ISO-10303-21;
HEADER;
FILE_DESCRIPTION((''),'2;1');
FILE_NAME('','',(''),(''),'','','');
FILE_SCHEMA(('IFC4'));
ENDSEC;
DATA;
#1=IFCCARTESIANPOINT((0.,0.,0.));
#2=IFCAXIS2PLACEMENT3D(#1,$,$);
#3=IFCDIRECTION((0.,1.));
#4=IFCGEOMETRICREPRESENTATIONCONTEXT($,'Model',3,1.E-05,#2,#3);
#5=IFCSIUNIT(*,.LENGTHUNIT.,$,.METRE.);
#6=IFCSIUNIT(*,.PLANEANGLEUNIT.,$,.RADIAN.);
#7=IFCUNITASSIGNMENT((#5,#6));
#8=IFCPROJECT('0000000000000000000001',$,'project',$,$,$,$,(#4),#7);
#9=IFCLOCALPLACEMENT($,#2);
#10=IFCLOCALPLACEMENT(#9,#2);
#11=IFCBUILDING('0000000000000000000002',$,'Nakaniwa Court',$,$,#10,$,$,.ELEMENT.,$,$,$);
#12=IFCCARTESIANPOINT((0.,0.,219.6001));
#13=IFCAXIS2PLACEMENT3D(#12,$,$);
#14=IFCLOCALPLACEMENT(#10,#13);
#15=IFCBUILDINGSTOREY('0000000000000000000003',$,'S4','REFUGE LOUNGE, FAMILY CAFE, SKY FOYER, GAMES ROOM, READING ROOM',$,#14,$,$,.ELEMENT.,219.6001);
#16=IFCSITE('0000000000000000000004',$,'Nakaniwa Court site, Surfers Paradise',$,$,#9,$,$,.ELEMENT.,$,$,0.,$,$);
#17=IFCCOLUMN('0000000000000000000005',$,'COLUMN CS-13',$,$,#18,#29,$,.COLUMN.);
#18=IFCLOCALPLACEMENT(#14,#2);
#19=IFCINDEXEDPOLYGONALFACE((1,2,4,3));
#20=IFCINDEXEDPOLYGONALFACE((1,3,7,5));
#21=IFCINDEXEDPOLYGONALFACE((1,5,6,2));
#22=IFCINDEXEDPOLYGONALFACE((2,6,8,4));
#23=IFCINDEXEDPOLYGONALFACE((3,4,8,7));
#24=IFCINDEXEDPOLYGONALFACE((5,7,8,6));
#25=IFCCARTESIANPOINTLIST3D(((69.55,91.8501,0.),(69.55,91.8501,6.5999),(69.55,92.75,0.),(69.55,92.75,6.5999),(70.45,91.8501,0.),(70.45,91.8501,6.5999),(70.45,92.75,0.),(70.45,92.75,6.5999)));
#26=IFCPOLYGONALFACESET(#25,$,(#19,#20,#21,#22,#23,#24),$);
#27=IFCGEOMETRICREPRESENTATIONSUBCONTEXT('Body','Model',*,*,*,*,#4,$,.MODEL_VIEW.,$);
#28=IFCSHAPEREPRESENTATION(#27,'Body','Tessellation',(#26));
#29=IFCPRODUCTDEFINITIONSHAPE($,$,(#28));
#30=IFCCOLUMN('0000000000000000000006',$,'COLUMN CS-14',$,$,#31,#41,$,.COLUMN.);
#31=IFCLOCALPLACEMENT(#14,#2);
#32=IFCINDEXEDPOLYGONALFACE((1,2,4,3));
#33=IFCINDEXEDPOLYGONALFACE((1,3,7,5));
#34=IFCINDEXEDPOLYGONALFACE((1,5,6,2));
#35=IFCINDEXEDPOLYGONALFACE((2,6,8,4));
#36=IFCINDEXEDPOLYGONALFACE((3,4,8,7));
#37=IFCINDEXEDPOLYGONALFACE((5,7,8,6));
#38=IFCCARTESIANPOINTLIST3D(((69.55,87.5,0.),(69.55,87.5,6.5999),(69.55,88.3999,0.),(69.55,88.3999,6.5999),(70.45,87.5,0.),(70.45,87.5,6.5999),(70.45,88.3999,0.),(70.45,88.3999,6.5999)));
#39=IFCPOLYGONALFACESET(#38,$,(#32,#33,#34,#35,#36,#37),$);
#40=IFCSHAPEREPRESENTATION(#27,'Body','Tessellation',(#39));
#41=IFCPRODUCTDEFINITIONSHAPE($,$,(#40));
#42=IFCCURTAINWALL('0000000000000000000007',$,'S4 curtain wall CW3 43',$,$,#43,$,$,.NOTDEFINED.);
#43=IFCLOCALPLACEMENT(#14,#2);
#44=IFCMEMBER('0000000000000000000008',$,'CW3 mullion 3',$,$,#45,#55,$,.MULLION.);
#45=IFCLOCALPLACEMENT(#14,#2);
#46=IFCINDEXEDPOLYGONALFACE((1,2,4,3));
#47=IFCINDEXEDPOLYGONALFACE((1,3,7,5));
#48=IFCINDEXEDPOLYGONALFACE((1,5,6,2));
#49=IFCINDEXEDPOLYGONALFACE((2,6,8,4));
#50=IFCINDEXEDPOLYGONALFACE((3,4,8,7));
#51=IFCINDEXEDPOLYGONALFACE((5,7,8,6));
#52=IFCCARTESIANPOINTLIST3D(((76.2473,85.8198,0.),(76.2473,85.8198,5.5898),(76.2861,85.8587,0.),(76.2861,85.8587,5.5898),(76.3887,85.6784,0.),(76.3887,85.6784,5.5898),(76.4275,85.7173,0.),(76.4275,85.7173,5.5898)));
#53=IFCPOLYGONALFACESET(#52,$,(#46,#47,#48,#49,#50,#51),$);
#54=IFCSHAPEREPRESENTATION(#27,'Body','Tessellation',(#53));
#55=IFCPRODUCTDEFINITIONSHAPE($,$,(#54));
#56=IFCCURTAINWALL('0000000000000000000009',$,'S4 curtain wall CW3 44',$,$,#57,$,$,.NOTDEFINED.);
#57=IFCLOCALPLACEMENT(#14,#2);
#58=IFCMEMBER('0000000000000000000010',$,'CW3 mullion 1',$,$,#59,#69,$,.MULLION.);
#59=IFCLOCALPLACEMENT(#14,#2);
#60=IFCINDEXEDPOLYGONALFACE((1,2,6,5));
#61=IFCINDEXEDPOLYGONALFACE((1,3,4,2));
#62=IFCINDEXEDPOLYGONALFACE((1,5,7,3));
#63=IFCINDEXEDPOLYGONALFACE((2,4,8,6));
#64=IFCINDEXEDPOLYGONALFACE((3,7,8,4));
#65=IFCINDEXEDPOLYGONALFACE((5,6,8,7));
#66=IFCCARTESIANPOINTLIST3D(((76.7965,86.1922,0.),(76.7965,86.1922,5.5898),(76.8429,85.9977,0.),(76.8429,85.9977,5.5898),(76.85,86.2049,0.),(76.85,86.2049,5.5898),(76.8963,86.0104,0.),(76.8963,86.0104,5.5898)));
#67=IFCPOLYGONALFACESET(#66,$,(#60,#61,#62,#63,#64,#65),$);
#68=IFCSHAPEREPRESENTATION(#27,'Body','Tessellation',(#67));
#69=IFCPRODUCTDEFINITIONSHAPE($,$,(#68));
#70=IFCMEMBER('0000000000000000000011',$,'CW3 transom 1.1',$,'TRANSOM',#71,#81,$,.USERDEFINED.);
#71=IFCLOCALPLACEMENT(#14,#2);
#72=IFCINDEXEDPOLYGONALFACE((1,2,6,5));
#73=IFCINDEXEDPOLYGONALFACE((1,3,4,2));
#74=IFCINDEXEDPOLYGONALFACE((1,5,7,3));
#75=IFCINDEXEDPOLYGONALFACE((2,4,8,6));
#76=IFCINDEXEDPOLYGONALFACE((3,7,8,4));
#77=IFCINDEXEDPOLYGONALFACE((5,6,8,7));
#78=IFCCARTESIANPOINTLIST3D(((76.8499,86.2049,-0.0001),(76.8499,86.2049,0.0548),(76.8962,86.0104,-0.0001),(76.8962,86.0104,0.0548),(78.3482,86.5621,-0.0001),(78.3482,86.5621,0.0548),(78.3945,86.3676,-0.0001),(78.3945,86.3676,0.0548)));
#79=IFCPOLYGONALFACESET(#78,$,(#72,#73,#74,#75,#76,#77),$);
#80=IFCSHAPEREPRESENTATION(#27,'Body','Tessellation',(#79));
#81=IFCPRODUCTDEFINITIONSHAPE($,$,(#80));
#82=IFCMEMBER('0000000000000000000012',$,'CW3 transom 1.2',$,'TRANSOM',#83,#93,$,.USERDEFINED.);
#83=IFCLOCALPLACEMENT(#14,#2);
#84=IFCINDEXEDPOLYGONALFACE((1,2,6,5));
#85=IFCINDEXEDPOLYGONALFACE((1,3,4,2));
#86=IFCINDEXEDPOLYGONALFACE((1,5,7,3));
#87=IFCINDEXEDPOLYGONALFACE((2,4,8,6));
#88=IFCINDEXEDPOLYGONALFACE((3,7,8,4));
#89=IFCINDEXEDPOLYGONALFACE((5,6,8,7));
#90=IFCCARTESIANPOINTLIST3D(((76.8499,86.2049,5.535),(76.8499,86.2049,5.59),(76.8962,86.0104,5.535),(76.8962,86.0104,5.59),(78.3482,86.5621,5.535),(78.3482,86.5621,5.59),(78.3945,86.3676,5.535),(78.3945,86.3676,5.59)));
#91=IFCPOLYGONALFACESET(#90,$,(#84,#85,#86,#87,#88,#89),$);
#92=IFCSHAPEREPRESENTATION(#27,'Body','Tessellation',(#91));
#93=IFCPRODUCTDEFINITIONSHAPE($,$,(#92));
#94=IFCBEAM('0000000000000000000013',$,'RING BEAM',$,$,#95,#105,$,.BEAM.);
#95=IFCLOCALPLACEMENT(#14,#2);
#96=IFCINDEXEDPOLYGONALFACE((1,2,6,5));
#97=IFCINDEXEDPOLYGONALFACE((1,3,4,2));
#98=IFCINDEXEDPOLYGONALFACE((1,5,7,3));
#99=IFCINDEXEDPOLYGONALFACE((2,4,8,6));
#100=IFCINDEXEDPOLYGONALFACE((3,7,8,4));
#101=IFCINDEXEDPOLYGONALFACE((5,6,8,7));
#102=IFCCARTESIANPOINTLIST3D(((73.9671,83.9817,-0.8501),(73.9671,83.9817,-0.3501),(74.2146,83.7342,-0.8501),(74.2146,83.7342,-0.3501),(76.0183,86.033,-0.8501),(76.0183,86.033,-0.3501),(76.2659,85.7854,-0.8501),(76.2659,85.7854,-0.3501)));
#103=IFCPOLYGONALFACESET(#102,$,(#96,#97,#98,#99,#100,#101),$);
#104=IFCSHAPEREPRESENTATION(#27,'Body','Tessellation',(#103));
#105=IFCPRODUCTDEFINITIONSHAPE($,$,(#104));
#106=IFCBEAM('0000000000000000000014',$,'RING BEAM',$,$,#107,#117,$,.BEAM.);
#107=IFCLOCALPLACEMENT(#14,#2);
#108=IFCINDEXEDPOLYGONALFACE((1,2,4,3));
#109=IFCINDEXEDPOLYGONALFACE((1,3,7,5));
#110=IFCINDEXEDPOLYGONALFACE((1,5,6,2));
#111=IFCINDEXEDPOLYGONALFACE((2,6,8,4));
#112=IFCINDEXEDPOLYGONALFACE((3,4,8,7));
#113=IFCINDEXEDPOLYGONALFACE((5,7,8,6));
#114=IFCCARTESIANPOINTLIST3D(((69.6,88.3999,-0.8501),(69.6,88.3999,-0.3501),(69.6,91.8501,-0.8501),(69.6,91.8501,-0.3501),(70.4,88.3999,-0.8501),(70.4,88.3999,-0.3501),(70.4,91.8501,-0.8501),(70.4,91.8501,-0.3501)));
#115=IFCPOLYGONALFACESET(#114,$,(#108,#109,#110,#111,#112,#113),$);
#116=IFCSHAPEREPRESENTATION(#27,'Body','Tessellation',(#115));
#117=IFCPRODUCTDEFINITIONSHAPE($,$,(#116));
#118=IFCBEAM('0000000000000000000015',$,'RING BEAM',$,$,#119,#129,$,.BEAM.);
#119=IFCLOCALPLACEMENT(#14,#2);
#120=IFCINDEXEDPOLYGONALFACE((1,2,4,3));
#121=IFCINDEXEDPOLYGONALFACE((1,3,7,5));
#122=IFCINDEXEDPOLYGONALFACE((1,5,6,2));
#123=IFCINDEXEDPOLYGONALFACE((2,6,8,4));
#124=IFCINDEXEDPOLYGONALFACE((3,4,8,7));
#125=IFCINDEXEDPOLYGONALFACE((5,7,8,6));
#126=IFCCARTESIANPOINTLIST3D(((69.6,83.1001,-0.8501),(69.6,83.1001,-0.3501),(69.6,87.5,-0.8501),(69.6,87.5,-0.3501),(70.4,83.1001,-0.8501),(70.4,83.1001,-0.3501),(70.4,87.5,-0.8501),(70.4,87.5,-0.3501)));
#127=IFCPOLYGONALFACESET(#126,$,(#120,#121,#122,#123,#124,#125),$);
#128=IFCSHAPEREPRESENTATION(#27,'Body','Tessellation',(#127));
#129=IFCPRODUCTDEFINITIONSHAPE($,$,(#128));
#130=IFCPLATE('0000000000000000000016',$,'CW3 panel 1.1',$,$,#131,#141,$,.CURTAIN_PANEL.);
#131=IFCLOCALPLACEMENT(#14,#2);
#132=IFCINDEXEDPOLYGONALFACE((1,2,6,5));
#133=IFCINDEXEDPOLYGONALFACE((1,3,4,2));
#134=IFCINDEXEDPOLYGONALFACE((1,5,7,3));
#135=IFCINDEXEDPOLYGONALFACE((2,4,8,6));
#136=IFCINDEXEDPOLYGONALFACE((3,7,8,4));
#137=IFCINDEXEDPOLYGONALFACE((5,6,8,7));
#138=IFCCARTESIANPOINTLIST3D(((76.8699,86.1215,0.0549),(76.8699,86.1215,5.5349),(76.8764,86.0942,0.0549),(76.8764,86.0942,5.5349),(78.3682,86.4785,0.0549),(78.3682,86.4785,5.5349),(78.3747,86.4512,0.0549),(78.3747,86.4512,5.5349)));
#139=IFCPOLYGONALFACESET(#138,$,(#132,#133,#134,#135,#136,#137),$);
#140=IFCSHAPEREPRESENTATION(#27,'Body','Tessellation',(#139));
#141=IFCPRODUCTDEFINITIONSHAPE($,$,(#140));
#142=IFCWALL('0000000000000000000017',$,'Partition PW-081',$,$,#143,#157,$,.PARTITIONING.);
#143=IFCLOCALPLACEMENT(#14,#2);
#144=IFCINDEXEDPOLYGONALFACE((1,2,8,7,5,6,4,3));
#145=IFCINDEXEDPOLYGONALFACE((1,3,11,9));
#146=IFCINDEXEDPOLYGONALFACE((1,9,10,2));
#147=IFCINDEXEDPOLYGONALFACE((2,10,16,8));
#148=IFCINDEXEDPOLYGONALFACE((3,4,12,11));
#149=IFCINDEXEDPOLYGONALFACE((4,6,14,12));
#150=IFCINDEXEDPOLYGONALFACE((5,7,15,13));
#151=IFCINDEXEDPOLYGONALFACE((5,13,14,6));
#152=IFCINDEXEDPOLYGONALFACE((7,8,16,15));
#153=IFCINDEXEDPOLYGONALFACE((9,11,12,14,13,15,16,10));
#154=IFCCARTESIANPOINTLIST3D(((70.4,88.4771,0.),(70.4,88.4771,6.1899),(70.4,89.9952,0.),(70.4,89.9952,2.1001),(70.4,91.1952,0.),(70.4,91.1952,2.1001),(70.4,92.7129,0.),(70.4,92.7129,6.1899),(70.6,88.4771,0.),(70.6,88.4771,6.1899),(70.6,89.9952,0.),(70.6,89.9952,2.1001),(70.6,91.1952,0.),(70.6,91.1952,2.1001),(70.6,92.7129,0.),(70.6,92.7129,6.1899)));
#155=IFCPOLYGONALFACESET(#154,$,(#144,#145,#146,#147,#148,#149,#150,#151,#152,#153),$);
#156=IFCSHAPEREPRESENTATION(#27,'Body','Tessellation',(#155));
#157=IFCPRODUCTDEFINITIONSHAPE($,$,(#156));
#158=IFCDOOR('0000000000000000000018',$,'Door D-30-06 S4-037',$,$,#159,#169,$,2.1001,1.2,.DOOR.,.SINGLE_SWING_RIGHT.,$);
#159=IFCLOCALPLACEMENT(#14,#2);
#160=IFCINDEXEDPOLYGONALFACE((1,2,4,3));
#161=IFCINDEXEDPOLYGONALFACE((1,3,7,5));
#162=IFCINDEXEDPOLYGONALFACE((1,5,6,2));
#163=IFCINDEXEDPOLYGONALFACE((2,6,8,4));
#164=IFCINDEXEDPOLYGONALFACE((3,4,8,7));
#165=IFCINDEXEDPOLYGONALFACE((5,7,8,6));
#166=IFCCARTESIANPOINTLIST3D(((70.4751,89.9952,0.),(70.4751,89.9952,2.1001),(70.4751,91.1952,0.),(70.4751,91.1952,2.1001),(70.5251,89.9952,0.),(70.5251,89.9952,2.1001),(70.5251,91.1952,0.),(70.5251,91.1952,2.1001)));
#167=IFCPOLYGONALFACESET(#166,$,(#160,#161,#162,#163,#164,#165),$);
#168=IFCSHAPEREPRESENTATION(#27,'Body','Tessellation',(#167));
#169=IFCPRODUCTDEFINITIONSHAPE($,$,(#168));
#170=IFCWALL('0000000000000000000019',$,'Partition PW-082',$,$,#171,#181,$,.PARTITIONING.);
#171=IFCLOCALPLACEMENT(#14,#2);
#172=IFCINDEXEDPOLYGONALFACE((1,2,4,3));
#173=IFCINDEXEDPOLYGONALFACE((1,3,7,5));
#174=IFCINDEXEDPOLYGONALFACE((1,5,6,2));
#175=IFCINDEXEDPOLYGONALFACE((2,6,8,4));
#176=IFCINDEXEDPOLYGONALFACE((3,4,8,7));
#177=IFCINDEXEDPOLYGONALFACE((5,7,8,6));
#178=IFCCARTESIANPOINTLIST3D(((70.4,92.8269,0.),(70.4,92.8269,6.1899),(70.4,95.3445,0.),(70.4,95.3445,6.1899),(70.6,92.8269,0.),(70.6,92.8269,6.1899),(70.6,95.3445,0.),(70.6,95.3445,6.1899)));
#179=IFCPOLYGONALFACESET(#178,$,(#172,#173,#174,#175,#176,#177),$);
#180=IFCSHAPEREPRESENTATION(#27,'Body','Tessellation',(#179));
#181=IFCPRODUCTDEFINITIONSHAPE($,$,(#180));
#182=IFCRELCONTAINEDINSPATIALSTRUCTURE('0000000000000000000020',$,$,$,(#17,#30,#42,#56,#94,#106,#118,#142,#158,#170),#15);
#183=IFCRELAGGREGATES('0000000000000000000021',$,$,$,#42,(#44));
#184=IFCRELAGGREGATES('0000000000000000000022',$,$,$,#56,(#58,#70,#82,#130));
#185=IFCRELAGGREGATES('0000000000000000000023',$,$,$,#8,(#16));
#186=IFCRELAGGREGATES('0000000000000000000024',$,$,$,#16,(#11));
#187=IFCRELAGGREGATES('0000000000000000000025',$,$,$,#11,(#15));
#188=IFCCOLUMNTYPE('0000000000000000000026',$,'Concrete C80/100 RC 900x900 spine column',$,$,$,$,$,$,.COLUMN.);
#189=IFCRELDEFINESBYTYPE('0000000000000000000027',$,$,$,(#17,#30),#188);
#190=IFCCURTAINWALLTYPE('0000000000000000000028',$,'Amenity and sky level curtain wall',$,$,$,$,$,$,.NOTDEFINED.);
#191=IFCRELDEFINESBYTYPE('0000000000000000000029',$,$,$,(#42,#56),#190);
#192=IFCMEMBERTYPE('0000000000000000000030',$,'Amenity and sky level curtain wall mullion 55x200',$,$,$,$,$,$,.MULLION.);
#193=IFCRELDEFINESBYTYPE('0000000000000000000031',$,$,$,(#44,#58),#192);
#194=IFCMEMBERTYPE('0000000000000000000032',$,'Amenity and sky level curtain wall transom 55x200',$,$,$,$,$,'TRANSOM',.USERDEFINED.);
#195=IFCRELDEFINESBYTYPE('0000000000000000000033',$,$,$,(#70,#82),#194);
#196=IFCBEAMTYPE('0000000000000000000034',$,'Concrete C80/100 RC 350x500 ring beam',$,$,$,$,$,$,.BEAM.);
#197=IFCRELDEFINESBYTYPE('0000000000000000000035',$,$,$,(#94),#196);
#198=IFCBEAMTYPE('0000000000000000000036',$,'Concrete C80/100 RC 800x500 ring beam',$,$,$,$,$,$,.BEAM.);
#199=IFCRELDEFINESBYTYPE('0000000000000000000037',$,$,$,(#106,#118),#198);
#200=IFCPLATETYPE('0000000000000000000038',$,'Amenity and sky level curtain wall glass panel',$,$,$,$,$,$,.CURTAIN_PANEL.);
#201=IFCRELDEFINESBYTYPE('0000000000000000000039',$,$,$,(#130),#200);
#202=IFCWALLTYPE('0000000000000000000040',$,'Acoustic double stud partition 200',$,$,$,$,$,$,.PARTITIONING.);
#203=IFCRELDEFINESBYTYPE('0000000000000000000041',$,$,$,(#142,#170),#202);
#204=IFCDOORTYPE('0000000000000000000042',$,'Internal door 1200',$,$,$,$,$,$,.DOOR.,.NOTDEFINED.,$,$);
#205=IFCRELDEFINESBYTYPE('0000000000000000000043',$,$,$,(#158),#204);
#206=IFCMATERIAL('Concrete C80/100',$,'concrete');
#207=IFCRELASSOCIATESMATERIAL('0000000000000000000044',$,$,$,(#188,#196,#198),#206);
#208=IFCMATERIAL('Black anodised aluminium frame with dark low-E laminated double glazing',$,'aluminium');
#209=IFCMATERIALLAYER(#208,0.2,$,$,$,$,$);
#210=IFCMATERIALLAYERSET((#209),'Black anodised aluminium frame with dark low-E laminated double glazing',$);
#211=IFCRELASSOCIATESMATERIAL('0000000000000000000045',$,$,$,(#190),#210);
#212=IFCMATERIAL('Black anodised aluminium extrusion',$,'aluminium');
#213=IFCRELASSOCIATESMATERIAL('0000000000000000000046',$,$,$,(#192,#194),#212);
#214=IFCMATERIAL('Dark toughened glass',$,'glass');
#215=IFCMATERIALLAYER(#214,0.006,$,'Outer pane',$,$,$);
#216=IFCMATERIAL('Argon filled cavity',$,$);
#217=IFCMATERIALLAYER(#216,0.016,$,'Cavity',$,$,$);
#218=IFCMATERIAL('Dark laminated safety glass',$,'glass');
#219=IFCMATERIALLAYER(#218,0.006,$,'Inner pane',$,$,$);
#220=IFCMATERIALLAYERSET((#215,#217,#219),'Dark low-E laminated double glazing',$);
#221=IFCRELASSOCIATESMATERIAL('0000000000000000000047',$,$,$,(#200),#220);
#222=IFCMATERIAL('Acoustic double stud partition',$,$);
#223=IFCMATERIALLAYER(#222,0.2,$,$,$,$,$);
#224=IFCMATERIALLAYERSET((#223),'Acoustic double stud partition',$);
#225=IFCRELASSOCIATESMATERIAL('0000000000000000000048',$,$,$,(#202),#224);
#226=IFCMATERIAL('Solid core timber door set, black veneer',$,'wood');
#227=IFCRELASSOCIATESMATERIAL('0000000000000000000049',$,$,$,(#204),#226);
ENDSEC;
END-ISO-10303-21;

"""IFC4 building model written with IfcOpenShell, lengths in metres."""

from ifc_helpers import new_model, si_unit, direction, frame, frame_2d, origin, origin_2d, place, context, subcontext, project, spatial, rectangle, extrude, material, layer, layer_set, material_profile, profile_set, type_object, element, fill, aggregate, save


model = new_model("IFC4")

# Units and contexts
model_context = context("Model", 3, precision=1e-05, world=origin(), true_north=direction((0.0, 1.0)))
body_context = subcontext(model_context, "Body", "Model", "MODEL_VIEW")
ifc_project = project(units=[si_unit("LENGTHUNIT", "METRE"), si_unit("PLANEANGLEUNIT", "RADIAN")], contexts=[model_context])

# Site, building, storey
site_placement = place(None, origin())
site = spatial("IfcSite", under=ifc_project, at=site_placement, Name="Nakaniwa Court site, Surfers Paradise", CompositionType="ELEMENT", RefElevation=0.0)
building_placement = place(site_placement, origin())
building = spatial("IfcBuilding", under=site, at=building_placement, Name="Nakaniwa Court", CompositionType="ELEMENT")
storey_placement = place(building_placement, frame((0.0, 0.0, 219.6001)))
storey = spatial("IfcBuildingStorey", under=building, at=storey_placement, Name="S4", Description="REFUGE LOUNGE, FAMILY CAFE, SKY FOYER, GAMES ROOM, READING ROOM", CompositionType="ELEMENT", Elevation=219.6001)

# Columns
ifc_material_1 = material(Name="Concrete C80/100", Category="concrete")
ifc_material_profile_1 = material_profile(ifc_material_1, rectangle(XDim=0.8999, YDim=0.8999, at=origin_2d()), Name="Concrete C80/100 RC 900x900 spine column")
ifc_profile_set_1 = profile_set([ifc_material_profile_1], Name="Concrete C80/100")
column_type_1 = type_object("IfcColumnType", Name="Concrete C80/100 RC 900x900 spine column", PredefinedType="COLUMN", material=ifc_profile_set_1)
for number, where, z_axis, x_axis, name in (
    (1, (70.0, 92.3, 0.0), (0.0, 0.0, 1.0), (0.0, -1.0, 0.0), "COLUMN CS-13"),
    (2, (70.0, 87.95, 0.0), (0.0, 0.0, 1.0), (0.0, -1.0, 0.0), "COLUMN CS-14"),
):
    element("IfcColumn", number, at=place(storey_placement, frame(where, z_axis=z_axis, x_axis=x_axis)), inside=storey, type_object=column_type_1, Name=name, PredefinedType="COLUMN", context=body_context, shape_type="SweptSolid", body=[
        extrude(rectangle(XDim=0.8999, YDim=0.8999, at=origin_2d()), origin(), (0.0, 0.0, 1.0), 6.5999),
    ])

# Curtain wall, member
ifc_material_2 = material(Name="Black anodised aluminium frame with dark low-E laminated double glazing", Category="aluminium")
ifc_layer_1 = layer(ifc_material_2, 0.2)
ifc_layer_set_1 = layer_set([ifc_layer_1], Name="Black anodised aluminium frame with dark low-E laminated double glazing")
curtain_wall_type = type_object("IfcCurtainWallType", Name="Amenity and sky level curtain wall", PredefinedType="NOTDEFINED", material=ifc_layer_set_1)
curtain_wall_1_placement = place(storey_placement, origin())
curtain_wall_1 = element("IfcCurtainWall", 3, at=curtain_wall_1_placement, inside=storey, type_object=curtain_wall_type, Name="S4 curtain wall CW3 43", PredefinedType="NOTDEFINED")
ifc_material_3 = material(Name="Black anodised aluminium extrusion", Category="aluminium")
ifc_material_profile_2 = material_profile(ifc_material_3, rectangle(XDim=0.2, YDim=0.0549, at=origin_2d()), Name="Amenity and sky level curtain wall mullion 55x200")
ifc_profile_set_2 = profile_set([ifc_material_profile_2], Name="Black anodised aluminium extrusion")
member_type_1 = type_object("IfcMemberType", Name="Amenity and sky level curtain wall mullion 55x200", PredefinedType="MULLION", material=ifc_profile_set_2)
member_1_placement = place(storey_placement, frame((76.3374, 85.7686, 0.0), z_axis=(0.0, 0.0, 1.0), x_axis=(-0.707107, 0.707107, 0.0)))
member_1 = element("IfcMember", 4, at=member_1_placement, type_object=member_type_1, Name="CW3 mullion 3", PredefinedType="MULLION", context=body_context, shape_type="SweptSolid", body=[
    extrude(rectangle(XDim=0.2, YDim=0.0549, at=origin_2d()), origin(), (0.0, 0.0, 1.0), 5.5898),
])
aggregate(curtain_wall_1, [member_1])

# Curtain wall, members
curtain_wall_2_placement = place(storey_placement, origin())
curtain_wall_2 = element("IfcCurtainWall", 5, at=curtain_wall_2_placement, inside=storey, type_object=curtain_wall_type, Name="S4 curtain wall CW3 44", PredefinedType="NOTDEFINED")
member_2_placement = place(storey_placement, frame((76.8464, 86.1013, 0.0), z_axis=(0.0, 0.0, 1.0), x_axis=(-0.231791, 0.972766, 0.0)))
member_2 = element("IfcMember", 6, at=member_2_placement, type_object=member_type_1, Name="CW3 mullion 1", PredefinedType="MULLION", context=body_context, shape_type="SweptSolid", body=[
    extrude(rectangle(XDim=0.2, YDim=0.0549, at=origin_2d()), origin(), (0.0, 0.0, 1.0), 5.5898),
])
ifc_material_profile_3 = material_profile(ifc_material_3, rectangle(XDim=0.2, YDim=0.0549, at=origin_2d()), Name="Amenity and sky level curtain wall transom 55x200")
ifc_profile_set_3 = profile_set([ifc_material_profile_3], Name="Black anodised aluminium extrusion")
member_type_2 = type_object("IfcMemberType", Name="Amenity and sky level curtain wall transom 55x200", ElementType="TRANSOM", PredefinedType="USERDEFINED", material=ifc_profile_set_3)
member_3_placement = place(storey_placement, frame((76.873, 86.1077, 0.0273), z_axis=(0.972742, 0.231892, 0.0), x_axis=(-0.231892, 0.972742, 0.0)))
member_3 = element("IfcMember", 7, at=member_3_placement, type_object=member_type_2, Name="CW3 transom 1.1", ObjectType="TRANSOM", PredefinedType="USERDEFINED", context=body_context, shape_type="SweptSolid", body=[
    extrude(rectangle(XDim=0.2, YDim=0.0549, at=origin_2d()), origin(), (0.0, 0.0, 1.0), 1.5403),
])
member_4_placement = place(storey_placement, frame((76.873, 86.1077, 5.5625), z_axis=(0.972742, 0.231892, 0.0), x_axis=(-0.231892, 0.972742, 0.0)))
member_4 = element("IfcMember", 8, at=member_4_placement, type_object=member_type_2, Name="CW3 transom 1.2", ObjectType="TRANSOM", PredefinedType="USERDEFINED", context=body_context, shape_type="SweptSolid", body=[
    extrude(rectangle(XDim=0.2, YDim=0.0549, at=origin_2d()), origin(), (0.0, 0.0, 1.0), 1.5403),
])

# Beams
ifc_material_profile_4 = material_profile(ifc_material_1, rectangle(XDim=0.3501, YDim=0.5, at=origin_2d()), Name="Concrete C80/100 RC 350x500 ring beam")
ifc_profile_set_4 = profile_set([ifc_material_profile_4], Name="Concrete C80/100")
beam_type_1 = type_object("IfcBeamType", Name="Concrete C80/100 RC 350x500 ring beam", PredefinedType="BEAM", material=ifc_profile_set_4)
beam_1_placement = place(storey_placement, frame((76.1421, 85.9092, -0.6001), z_axis=(-0.707107, -0.707107, 0.0), x_axis=(0.707107, -0.707107, 0.0)))
element("IfcBeam", 9, at=beam_1_placement, inside=storey, type_object=beam_type_1, Name="RING BEAM", PredefinedType="BEAM", context=body_context, shape_type="SweptSolid", body=[
    extrude(rectangle(XDim=0.3501, YDim=0.5, at=origin_2d()), origin(), (0.0, 0.0, 1.0), 2.9009),
])
ifc_material_profile_5 = material_profile(ifc_material_1, rectangle(XDim=0.8, YDim=0.5, at=origin_2d()), Name="Concrete C80/100 RC 800x500 ring beam")
ifc_profile_set_5 = profile_set([ifc_material_profile_5], Name="Concrete C80/100")
beam_type_2 = type_object("IfcBeamType", Name="Concrete C80/100 RC 800x500 ring beam", PredefinedType="BEAM", material=ifc_profile_set_5)
beam_2_placement = place(storey_placement, frame((70.0, 91.8501, -0.6001), z_axis=(0.0, -1.0, 0.0), x_axis=(1.0, 0.0, 0.0)))
element("IfcBeam", 10, at=beam_2_placement, inside=storey, type_object=beam_type_2, Name="RING BEAM", PredefinedType="BEAM", context=body_context, shape_type="SweptSolid", body=[
    extrude(rectangle(XDim=0.8, YDim=0.5, at=origin_2d()), origin(), (0.0, 0.0, 1.0), 3.4502),
])
beam_3_placement = place(storey_placement, frame((70.0, 87.5, -0.6001), z_axis=(0.0, -1.0, 0.0), x_axis=(1.0, 0.0, 0.0)))
element("IfcBeam", 11, at=beam_3_placement, inside=storey, type_object=beam_type_2, Name="RING BEAM", PredefinedType="BEAM", context=body_context, shape_type="SweptSolid", body=[
    extrude(rectangle(XDim=0.8, YDim=0.5, at=origin_2d()), origin(), (0.0, 0.0, 1.0), 4.3999),
])

# Plate
ifc_material_4 = material(Name="Dark toughened glass", Category="glass")
ifc_layer_2 = layer(ifc_material_4, 0.006, Name="Outer pane")
ifc_material_5 = material(Name="Argon filled cavity")
ifc_layer_3 = layer(ifc_material_5, 0.016, Name="Cavity")
ifc_material_6 = material(Name="Dark laminated safety glass", Category="glass")
ifc_layer_4 = layer(ifc_material_6, 0.006, Name="Inner pane")
ifc_layer_set_2 = layer_set([ifc_layer_2, ifc_layer_3, ifc_layer_4], Name="Dark low-E laminated double glazing")
plate_type = type_object("IfcPlateType", Name="Amenity and sky level curtain wall glass panel", PredefinedType="CURTAIN_PANEL", material=ifc_layer_set_2)
plate_placement = place(storey_placement, frame((77.6223, 86.2864, 0.0549), z_axis=(0.0, 0.0, 1.0), x_axis=(0.972766, 0.231791, 0.0)))
plate = element("IfcPlate", 12, at=plate_placement, type_object=plate_type, Name="CW3 panel 1.1", PredefinedType="CURTAIN_PANEL", context=body_context, shape_type="SweptSolid", body=[
    extrude(rectangle(XDim=1.5403, YDim=0.0281, at=origin_2d()), origin(), (0.0, 0.0, 1.0), 5.48),
])
aggregate(curtain_wall_2, [member_2, member_3, member_4, plate])

# Wall, opening, door
ifc_material_7 = material(Name="Acoustic double stud partition")
ifc_layer_5 = layer(ifc_material_7, 0.2)
ifc_layer_set_3 = layer_set([ifc_layer_5], Name="Acoustic double stud partition")
wall_type_1 = type_object("IfcWallType", Name="Acoustic double stud partition 200", PredefinedType="PARTITIONING", material=ifc_layer_set_3)
wall_1_placement = place(storey_placement, frame((70.5, 88.4771, 0.0), z_axis=(0.0, 0.0, 1.0), x_axis=(0.0, 1.0, 0.0)))
wall_1 = element("IfcWall", 13, at=wall_1_placement, inside=storey, type_object=wall_type_1, Name="Partition PW-081", PredefinedType="PARTITIONING", context=body_context, shape_type="SweptSolid", body=[
    extrude(rectangle(XDim=4.2358, YDim=0.2, at=frame_2d((2.1179, 0.0))), origin(), (0.0, 0.0, 1.0), 6.1899),
])
opening_1_placement = place(wall_1_placement, frame((1.5181, 0.0, 0.0)))
opening_1 = element("IfcOpeningElement", 14, at=opening_1_placement, cuts=wall_1, PredefinedType="OPENING", context=body_context, shape_type="SweptSolid", body=[
    extrude(rectangle(XDim=1.2, YDim=2.1001, at=frame_2d((0.6001, 1.05))), frame((0.0, 0.1099, 0.0), z_axis=(0.0, -1.0, 0.0), x_axis=(1.0, 0.0, 0.0)), (0.0, 0.0, 1.0), 0.22),
])
ifc_material_8 = material(Name="Solid core timber door set, black veneer", Category="wood")
door_type_1 = type_object("IfcDoorType", Name="Internal door 1200", OperationType="NOTDEFINED", PredefinedType="DOOR", material=ifc_material_8)
door_1_placement = place(opening_1_placement, origin())
door_1 = element("IfcDoor", 15, at=door_1_placement, inside=storey, type_object=door_type_1, Name="Door D-30-06 S4-037", OperationType="SINGLE_SWING_RIGHT", OverallHeight=2.1001, OverallWidth=1.2, PredefinedType="DOOR", context=body_context, shape_type="SweptSolid", body=[
    extrude(rectangle(XDim=1.2, YDim=2.1001, at=frame_2d((0.6001, 1.05))), frame((0.0, 0.0249, 0.0), z_axis=(0.0, -1.0, 0.0), x_axis=(1.0, 0.0, 0.0)), (0.0, 0.0, 1.0), 0.05),
])
fill(opening_1, door_1)

# Wall
wall_2_placement = place(storey_placement, frame((70.5, 92.8269, 0.0), z_axis=(0.0, 0.0, 1.0), x_axis=(0.0, 1.0, 0.0)))
element("IfcWall", 16, at=wall_2_placement, inside=storey, type_object=wall_type_1, Name="Partition PW-082", PredefinedType="PARTITIONING", context=body_context, shape_type="SweptSolid", body=[
    extrude(rectangle(XDim=2.5176, YDim=0.2, at=frame_2d((1.2588, 0.0))), origin(), (0.0, 0.0, 1.0), 6.1899),
])

save(model, "model.ifc")
